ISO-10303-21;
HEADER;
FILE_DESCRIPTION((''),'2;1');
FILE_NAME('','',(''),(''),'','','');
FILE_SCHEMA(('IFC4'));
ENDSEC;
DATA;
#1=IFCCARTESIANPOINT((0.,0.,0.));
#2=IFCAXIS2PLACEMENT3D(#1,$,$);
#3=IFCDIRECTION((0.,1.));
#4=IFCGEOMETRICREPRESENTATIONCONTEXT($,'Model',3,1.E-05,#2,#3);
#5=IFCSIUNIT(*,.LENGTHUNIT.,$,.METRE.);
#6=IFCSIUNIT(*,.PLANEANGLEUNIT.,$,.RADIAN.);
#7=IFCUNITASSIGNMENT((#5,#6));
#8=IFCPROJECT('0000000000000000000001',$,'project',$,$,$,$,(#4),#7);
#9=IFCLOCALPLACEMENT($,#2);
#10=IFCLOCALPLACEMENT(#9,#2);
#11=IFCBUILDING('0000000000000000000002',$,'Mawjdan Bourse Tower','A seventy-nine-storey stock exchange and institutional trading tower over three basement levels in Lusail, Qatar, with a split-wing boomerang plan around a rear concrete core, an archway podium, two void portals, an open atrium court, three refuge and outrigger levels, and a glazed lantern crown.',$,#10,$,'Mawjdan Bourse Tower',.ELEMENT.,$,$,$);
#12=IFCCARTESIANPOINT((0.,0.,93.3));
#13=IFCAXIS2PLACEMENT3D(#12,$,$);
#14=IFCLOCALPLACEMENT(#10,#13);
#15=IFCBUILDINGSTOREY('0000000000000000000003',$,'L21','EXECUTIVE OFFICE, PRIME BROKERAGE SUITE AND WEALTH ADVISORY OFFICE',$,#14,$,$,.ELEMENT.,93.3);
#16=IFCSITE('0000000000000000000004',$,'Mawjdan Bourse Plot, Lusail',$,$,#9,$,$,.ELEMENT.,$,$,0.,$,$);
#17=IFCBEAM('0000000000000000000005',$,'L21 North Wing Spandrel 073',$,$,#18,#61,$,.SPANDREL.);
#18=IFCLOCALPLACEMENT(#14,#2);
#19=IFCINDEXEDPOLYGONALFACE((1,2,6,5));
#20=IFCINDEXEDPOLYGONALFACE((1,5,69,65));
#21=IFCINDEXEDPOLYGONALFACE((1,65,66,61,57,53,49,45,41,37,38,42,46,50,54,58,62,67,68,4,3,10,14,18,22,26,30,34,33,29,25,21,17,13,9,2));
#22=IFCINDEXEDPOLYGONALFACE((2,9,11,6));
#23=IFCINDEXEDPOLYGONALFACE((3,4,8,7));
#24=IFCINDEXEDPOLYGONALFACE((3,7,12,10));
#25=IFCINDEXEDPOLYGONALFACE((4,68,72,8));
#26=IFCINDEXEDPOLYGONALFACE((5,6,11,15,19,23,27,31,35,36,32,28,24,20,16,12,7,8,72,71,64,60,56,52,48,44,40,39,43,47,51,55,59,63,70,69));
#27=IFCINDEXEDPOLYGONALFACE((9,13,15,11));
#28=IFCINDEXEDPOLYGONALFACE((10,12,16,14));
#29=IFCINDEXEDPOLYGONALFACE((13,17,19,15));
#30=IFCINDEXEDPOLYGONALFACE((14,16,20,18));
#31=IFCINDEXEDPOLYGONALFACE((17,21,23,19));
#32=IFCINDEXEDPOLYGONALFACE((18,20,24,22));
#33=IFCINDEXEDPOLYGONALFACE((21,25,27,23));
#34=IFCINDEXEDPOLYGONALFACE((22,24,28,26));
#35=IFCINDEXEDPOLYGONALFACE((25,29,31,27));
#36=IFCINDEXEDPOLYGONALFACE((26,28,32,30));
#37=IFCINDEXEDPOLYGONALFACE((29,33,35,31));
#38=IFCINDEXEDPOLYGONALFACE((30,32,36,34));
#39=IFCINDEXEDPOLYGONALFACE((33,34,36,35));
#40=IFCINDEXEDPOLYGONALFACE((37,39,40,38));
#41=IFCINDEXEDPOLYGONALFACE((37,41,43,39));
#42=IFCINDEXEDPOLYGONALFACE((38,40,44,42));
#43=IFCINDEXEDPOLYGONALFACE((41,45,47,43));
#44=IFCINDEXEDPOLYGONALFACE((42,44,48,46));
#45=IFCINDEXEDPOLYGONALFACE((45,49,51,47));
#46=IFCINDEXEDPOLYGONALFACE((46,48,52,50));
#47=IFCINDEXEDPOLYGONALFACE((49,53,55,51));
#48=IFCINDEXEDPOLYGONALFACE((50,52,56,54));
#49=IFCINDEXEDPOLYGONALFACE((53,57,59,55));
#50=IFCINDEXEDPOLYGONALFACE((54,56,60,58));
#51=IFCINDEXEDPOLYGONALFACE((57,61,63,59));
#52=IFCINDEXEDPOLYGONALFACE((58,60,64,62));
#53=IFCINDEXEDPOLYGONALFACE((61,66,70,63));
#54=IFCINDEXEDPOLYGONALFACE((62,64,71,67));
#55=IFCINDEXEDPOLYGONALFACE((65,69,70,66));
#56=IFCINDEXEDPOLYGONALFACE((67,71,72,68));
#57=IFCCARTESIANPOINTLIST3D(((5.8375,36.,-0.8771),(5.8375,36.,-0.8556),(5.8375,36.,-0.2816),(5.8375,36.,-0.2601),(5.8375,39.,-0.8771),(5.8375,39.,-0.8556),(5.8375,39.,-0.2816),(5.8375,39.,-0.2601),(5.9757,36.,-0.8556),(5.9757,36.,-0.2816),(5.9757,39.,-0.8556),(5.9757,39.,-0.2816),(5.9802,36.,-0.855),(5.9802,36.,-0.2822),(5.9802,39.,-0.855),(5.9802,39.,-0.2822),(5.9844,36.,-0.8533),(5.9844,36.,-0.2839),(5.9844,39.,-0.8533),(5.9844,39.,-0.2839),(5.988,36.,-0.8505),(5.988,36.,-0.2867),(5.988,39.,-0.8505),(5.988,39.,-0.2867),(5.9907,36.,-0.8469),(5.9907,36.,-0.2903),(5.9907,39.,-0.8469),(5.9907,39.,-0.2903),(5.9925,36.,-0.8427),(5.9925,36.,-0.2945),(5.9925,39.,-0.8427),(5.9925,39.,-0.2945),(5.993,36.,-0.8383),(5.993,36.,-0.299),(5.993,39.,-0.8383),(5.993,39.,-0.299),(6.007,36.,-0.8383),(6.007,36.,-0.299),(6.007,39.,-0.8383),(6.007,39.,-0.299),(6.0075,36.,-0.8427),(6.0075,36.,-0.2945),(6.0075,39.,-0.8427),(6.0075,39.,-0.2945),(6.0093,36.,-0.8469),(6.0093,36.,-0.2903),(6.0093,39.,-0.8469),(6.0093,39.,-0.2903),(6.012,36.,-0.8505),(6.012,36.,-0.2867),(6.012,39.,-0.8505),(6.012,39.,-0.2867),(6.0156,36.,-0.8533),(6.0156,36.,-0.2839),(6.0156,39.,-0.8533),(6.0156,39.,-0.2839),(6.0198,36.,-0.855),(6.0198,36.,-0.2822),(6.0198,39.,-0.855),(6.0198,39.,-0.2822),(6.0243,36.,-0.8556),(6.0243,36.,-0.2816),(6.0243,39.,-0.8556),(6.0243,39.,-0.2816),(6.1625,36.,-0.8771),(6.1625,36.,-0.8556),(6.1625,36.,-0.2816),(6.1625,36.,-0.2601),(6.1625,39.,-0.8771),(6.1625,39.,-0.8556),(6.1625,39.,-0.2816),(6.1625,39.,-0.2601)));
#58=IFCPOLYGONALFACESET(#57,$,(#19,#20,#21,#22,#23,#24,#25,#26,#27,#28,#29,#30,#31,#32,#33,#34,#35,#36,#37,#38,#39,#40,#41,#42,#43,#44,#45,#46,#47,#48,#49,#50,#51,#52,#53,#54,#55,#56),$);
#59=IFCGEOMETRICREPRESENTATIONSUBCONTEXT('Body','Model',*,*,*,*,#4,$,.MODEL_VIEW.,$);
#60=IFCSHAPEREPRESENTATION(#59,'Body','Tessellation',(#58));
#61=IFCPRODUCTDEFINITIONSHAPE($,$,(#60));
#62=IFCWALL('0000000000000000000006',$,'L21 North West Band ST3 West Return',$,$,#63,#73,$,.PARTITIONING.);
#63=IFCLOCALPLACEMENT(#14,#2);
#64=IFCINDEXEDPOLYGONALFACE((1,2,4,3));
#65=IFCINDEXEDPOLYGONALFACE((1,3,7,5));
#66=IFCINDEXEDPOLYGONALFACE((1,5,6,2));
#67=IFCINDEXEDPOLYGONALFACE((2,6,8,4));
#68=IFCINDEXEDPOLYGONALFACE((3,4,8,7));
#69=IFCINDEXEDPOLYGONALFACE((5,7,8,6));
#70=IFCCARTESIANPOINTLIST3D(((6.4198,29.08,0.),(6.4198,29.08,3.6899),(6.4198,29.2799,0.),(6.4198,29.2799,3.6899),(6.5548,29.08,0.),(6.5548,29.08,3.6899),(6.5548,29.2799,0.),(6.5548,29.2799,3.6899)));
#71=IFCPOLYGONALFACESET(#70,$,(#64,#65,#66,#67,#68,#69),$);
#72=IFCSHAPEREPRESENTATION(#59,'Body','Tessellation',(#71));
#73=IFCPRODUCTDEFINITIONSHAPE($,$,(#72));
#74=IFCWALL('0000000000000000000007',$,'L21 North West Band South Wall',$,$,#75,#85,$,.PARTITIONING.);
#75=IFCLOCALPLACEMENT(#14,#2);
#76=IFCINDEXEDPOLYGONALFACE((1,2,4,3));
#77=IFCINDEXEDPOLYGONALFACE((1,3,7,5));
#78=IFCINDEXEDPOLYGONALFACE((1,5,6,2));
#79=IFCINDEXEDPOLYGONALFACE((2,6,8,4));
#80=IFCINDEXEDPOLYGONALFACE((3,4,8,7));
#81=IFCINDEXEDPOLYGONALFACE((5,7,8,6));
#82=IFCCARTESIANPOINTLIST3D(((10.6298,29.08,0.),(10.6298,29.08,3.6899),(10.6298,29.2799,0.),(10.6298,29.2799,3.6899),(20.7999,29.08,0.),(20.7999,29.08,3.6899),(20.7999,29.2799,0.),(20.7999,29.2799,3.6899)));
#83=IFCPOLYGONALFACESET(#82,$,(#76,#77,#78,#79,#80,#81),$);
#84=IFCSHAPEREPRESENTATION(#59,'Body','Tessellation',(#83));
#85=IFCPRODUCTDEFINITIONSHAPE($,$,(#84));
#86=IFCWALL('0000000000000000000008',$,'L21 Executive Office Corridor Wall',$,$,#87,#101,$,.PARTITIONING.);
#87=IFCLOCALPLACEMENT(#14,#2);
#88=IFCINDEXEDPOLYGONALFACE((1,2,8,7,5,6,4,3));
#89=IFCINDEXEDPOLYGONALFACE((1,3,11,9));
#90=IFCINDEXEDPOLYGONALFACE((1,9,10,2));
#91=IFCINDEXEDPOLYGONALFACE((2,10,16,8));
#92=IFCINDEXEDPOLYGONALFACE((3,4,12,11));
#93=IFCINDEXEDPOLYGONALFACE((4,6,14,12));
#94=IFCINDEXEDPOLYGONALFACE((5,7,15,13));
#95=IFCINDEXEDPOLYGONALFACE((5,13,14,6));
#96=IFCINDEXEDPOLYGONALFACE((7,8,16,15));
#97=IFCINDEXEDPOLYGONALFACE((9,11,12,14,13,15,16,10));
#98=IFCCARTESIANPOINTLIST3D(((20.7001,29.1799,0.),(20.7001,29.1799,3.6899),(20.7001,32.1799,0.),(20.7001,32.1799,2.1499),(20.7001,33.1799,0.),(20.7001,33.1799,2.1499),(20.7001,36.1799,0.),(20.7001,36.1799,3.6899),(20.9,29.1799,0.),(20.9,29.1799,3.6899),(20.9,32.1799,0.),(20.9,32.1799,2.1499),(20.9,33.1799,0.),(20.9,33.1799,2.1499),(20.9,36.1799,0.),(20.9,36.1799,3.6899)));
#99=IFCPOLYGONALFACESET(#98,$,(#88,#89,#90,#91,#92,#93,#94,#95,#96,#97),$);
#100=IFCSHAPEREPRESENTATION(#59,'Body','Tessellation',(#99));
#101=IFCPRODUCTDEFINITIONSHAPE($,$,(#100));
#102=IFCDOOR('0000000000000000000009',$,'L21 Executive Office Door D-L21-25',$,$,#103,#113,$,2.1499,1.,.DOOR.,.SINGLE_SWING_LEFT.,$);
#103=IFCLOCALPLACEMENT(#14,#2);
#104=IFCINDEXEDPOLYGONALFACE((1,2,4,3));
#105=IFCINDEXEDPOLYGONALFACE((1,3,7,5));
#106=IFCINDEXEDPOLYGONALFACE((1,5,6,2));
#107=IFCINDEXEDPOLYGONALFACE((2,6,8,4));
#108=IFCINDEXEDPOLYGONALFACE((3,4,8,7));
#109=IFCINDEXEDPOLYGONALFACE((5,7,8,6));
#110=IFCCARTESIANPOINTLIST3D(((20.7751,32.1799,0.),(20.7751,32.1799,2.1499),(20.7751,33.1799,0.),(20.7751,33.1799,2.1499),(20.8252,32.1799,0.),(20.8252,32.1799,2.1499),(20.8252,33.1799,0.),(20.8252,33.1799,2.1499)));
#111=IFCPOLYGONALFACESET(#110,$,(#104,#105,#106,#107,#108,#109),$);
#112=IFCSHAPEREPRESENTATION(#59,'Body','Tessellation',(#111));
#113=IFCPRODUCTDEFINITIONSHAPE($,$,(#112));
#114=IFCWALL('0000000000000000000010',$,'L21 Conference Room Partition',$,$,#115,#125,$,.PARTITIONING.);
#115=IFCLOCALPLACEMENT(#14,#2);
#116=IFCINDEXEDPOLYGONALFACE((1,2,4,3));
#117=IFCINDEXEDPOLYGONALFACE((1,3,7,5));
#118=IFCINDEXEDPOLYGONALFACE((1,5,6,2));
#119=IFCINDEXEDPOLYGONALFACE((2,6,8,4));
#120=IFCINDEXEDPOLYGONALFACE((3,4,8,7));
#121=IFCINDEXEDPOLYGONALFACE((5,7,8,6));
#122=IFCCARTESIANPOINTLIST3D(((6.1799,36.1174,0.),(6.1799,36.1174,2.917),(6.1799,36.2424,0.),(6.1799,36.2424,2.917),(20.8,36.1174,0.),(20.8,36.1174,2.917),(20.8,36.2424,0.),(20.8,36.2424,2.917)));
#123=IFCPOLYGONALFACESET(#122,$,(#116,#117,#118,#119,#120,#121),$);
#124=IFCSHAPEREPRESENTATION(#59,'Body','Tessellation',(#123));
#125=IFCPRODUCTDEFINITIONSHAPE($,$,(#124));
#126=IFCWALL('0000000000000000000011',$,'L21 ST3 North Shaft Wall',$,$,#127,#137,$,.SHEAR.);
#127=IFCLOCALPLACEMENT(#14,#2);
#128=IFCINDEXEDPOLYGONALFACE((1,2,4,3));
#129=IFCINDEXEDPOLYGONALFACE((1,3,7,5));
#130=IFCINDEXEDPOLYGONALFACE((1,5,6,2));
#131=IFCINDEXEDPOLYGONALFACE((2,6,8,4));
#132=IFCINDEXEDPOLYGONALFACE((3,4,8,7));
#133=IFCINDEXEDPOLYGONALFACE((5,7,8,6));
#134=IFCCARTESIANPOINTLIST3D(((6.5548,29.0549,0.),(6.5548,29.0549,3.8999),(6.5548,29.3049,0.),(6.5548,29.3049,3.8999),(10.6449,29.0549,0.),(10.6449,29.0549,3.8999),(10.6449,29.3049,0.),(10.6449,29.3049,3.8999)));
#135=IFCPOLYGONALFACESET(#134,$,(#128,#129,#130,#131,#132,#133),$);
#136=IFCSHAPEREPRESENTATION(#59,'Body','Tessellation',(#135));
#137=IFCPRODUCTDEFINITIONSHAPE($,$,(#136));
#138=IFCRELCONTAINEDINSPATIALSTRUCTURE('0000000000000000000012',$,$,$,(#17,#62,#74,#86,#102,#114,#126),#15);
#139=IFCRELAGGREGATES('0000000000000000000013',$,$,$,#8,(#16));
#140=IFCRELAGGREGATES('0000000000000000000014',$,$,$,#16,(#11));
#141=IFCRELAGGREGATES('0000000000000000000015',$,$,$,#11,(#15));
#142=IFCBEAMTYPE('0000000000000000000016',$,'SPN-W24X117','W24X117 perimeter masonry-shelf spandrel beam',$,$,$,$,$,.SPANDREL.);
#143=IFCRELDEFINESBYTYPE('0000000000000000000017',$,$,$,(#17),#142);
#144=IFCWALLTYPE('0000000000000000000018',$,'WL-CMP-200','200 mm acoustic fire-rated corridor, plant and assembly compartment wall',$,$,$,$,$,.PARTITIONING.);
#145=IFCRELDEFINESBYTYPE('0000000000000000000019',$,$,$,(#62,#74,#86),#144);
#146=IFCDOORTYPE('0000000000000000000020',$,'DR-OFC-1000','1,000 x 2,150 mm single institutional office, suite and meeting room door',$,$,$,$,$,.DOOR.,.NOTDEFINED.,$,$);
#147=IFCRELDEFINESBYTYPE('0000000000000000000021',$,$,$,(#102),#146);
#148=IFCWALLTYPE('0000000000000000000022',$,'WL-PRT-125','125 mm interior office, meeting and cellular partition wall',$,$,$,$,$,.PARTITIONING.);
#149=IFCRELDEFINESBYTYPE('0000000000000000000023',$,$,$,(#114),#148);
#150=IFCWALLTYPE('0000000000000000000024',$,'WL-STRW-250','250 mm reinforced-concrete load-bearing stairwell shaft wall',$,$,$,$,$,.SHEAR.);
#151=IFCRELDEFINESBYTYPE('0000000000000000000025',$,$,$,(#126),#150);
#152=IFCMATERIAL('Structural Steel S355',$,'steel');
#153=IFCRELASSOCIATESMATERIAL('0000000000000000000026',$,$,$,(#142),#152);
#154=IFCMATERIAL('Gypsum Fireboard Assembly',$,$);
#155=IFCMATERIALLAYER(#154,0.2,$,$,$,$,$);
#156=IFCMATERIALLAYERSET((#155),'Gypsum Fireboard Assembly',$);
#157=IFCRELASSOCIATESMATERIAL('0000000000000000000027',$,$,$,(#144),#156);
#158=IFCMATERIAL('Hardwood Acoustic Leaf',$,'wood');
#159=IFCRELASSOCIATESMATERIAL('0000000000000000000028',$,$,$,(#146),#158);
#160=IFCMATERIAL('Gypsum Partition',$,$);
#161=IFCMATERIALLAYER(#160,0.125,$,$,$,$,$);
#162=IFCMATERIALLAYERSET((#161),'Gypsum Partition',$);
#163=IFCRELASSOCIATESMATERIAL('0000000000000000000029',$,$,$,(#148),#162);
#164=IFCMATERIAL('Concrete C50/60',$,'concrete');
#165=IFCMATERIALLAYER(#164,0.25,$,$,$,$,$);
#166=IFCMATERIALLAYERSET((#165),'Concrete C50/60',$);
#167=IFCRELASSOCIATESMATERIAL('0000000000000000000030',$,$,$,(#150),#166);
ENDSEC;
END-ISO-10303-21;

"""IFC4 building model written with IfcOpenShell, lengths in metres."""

from ifc_helpers import new_model, si_unit, direction, frame, frame_2d, origin, origin_2d, place, context, subcontext, project, spatial, rectangle, i_section, extrude, material, layer, layer_set, material_profile, profile_set, type_object, element, fill, save


model = new_model("IFC4")

# Units and contexts
model_context = context("Model", 3, precision=1e-05, world=origin(), true_north=direction((0.0, 1.0)))
body_context = subcontext(model_context, "Body", "Model", "MODEL_VIEW")
ifc_project = project(units=[si_unit("LENGTHUNIT", "METRE"), si_unit("PLANEANGLEUNIT", "RADIAN")], contexts=[model_context])

# Site, building, storey
site_placement = place(None, origin())
site = spatial("IfcSite", under=ifc_project, at=site_placement, Name="Mawjdan Bourse Plot, Lusail", CompositionType="ELEMENT", RefElevation=0.0)
building_placement = place(site_placement, origin())
building = spatial("IfcBuilding", under=site, at=building_placement, Name="Mawjdan Bourse Tower", Description="A seventy-nine-storey stock exchange and institutional trading tower over three basement levels in Lusail, Qatar, with a split-wing boomerang plan around a rear concrete core, an archway podium, two void portals, an open atrium court, three refuge and outrigger levels, and a glazed lantern crown.", LongName="Mawjdan Bourse Tower", CompositionType="ELEMENT")
storey_placement = place(building_placement, frame((0.0, 0.0, 93.3)))
storey = spatial("IfcBuildingStorey", under=building, at=storey_placement, Name="L21", Description="EXECUTIVE OFFICE, PRIME BROKERAGE SUITE AND WEALTH ADVISORY OFFICE", CompositionType="ELEMENT", Elevation=93.3)

# Beam
ifc_material_1 = material(Name="Structural Steel S355", Category="steel")
ifc_material_profile_1 = material_profile(ifc_material_1, i_section(OverallWidth=0.325, OverallDepth=0.6169, WebThickness=0.0139, FlangeThickness=0.0215, FilletRadius=0.0173, at=origin_2d()), Name="W24X117")
ifc_profile_set_1 = profile_set([ifc_material_profile_1], Name="Structural Steel S355")
beam_type_1 = type_object("IfcBeamType", Name="SPN-W24X117", Description="W24X117 perimeter masonry-shelf spandrel beam", PredefinedType="SPANDREL", material=ifc_profile_set_1)
beam_1_placement = place(storey_placement, frame((6.0, 36.0, -0.5686), z_axis=(0.0, 1.0, 0.0), x_axis=(-1.0, 0.0, 0.0)))
element("IfcBeam", 1, at=beam_1_placement, inside=storey, type_object=beam_type_1, Name="L21 North Wing Spandrel 073", PredefinedType="SPANDREL", context=body_context, shape_type="SweptSolid", body=[
    extrude(i_section(OverallWidth=0.325, OverallDepth=0.6169, WebThickness=0.0139, FlangeThickness=0.0215, FilletRadius=0.0173, at=origin_2d()), origin(), (0.0, 0.0, 1.0), 3.0),
])

# Walls
ifc_material_2 = material(Name="Gypsum Fireboard Assembly")
ifc_layer_1 = layer(ifc_material_2, 0.2)
ifc_layer_set_1 = layer_set([ifc_layer_1], Name="Gypsum Fireboard Assembly")
wall_type_1 = type_object("IfcWallType", Name="WL-CMP-200", Description="200 mm acoustic fire-rated corridor, plant and assembly compartment wall", PredefinedType="PARTITIONING", material=ifc_layer_set_1)
wall_1_placement = place(storey_placement, frame((6.4199, 29.1799, 0.0), z_axis=(0.0, 0.0, 1.0), x_axis=(1.0, 0.0, 0.0)))
element("IfcWall", 2, at=wall_1_placement, inside=storey, type_object=wall_type_1, Name="L21 North West Band ST3 West Return", PredefinedType="PARTITIONING", context=body_context, shape_type="SweptSolid", body=[
    extrude(rectangle(XDim=0.135, YDim=0.2, at=frame_2d((0.0674, 0.0))), origin(), (0.0, 0.0, 1.0), 3.6899),
])
wall_2_placement = place(storey_placement, frame((10.6299, 29.1799, 0.0), z_axis=(0.0, 0.0, 1.0), x_axis=(1.0, 0.0, 0.0)))
element("IfcWall", 3, at=wall_2_placement, inside=storey, type_object=wall_type_1, Name="L21 North West Band South Wall", PredefinedType="PARTITIONING", context=body_context, shape_type="SweptSolid", body=[
    extrude(rectangle(XDim=10.1702, YDim=0.2, at=frame_2d((5.085, 0.0))), origin(), (0.0, 0.0, 1.0), 3.6899),
])

# Wall, opening, door
wall_3_placement = place(storey_placement, frame((20.8, 29.1799, 0.0), z_axis=(0.0, 0.0, 1.0), x_axis=(0.0, 1.0, 0.0)))
wall_3 = element("IfcWall", 4, at=wall_3_placement, inside=storey, type_object=wall_type_1, Name="L21 Executive Office Corridor Wall", PredefinedType="PARTITIONING", context=body_context, shape_type="SweptSolid", body=[
    extrude(rectangle(XDim=7.0, YDim=0.2, at=frame_2d((3.5, 0.0))), origin(), (0.0, 0.0, 1.0), 3.6899),
])
opening_placement = place(wall_3_placement, frame((3.0, 0.0, 0.0)))
opening = element("IfcOpeningElement", 5, at=opening_placement, cuts=wall_3, PredefinedType="OPENING", context=body_context, shape_type="SweptSolid", body=[
    extrude(rectangle(XDim=1.0, YDim=2.1499, at=frame_2d((0.5, 1.075))), frame((0.0, 0.1099, 0.0), z_axis=(0.0, -1.0, 0.0), x_axis=(1.0, 0.0, 0.0)), (0.0, 0.0, 1.0), 0.22),
])
ifc_material_3 = material(Name="Hardwood Acoustic Leaf", Category="wood")
door_type = type_object("IfcDoorType", Name="DR-OFC-1000", Description="1,000 x 2,150 mm single institutional office, suite and meeting room door", OperationType="NOTDEFINED", PredefinedType="DOOR", material=ifc_material_3)
door_placement = place(opening_placement, origin())
door = element("IfcDoor", 6, at=door_placement, inside=storey, type_object=door_type, Name="L21 Executive Office Door D-L21-25", OperationType="SINGLE_SWING_LEFT", OverallHeight=2.1499, OverallWidth=1.0, PredefinedType="DOOR", context=body_context, shape_type="SweptSolid", body=[
    extrude(rectangle(XDim=1.0, YDim=2.1499, at=frame_2d((0.5, 1.075))), frame((0.0, 0.0249, 0.0), z_axis=(0.0, -1.0, 0.0), x_axis=(1.0, 0.0, 0.0)), (0.0, 0.0, 1.0), 0.05),
])
fill(opening, door)

# Walls
ifc_material_4 = material(Name="Gypsum Partition")
ifc_layer_2 = layer(ifc_material_4, 0.125)
ifc_layer_set_2 = layer_set([ifc_layer_2], Name="Gypsum Partition")
wall_type_2 = type_object("IfcWallType", Name="WL-PRT-125", Description="125 mm interior office, meeting and cellular partition wall", PredefinedType="PARTITIONING", material=ifc_layer_set_2)
wall_4_placement = place(storey_placement, frame((6.1799, 36.1799, 0.0), z_axis=(0.0, 0.0, 1.0), x_axis=(1.0, 0.0, 0.0)))
element("IfcWall", 7, at=wall_4_placement, inside=storey, type_object=wall_type_2, Name="L21 Conference Room Partition", PredefinedType="PARTITIONING", context=body_context, shape_type="SweptSolid", body=[
    extrude(rectangle(XDim=14.6201, YDim=0.125, at=frame_2d((7.3101, 0.0))), origin(), (0.0, 0.0, 1.0), 2.917),
])
ifc_material_5 = material(Name="Concrete C50/60", Category="concrete")
ifc_layer_3 = layer(ifc_material_5, 0.25)
ifc_layer_set_3 = layer_set([ifc_layer_3], Name="Concrete C50/60")
wall_type_3 = type_object("IfcWallType", Name="WL-STRW-250", Description="250 mm reinforced-concrete load-bearing stairwell shaft wall", PredefinedType="SHEAR", material=ifc_layer_set_3)
wall_5_placement = place(storey_placement, frame((6.5549, 29.1799, 0.0), z_axis=(0.0, 0.0, 1.0), x_axis=(1.0, 0.0, 0.0)))
element("IfcWall", 8, at=wall_5_placement, inside=storey, type_object=wall_type_3, Name="L21 ST3 North Shaft Wall", PredefinedType="SHEAR", context=body_context, shape_type="SweptSolid", body=[
    extrude(rectangle(XDim=4.0901, YDim=0.25, at=frame_2d((2.0449, 0.0))), origin(), (0.0, 0.0, 1.0), 3.8999),
])

save(model, "model.ifc")
